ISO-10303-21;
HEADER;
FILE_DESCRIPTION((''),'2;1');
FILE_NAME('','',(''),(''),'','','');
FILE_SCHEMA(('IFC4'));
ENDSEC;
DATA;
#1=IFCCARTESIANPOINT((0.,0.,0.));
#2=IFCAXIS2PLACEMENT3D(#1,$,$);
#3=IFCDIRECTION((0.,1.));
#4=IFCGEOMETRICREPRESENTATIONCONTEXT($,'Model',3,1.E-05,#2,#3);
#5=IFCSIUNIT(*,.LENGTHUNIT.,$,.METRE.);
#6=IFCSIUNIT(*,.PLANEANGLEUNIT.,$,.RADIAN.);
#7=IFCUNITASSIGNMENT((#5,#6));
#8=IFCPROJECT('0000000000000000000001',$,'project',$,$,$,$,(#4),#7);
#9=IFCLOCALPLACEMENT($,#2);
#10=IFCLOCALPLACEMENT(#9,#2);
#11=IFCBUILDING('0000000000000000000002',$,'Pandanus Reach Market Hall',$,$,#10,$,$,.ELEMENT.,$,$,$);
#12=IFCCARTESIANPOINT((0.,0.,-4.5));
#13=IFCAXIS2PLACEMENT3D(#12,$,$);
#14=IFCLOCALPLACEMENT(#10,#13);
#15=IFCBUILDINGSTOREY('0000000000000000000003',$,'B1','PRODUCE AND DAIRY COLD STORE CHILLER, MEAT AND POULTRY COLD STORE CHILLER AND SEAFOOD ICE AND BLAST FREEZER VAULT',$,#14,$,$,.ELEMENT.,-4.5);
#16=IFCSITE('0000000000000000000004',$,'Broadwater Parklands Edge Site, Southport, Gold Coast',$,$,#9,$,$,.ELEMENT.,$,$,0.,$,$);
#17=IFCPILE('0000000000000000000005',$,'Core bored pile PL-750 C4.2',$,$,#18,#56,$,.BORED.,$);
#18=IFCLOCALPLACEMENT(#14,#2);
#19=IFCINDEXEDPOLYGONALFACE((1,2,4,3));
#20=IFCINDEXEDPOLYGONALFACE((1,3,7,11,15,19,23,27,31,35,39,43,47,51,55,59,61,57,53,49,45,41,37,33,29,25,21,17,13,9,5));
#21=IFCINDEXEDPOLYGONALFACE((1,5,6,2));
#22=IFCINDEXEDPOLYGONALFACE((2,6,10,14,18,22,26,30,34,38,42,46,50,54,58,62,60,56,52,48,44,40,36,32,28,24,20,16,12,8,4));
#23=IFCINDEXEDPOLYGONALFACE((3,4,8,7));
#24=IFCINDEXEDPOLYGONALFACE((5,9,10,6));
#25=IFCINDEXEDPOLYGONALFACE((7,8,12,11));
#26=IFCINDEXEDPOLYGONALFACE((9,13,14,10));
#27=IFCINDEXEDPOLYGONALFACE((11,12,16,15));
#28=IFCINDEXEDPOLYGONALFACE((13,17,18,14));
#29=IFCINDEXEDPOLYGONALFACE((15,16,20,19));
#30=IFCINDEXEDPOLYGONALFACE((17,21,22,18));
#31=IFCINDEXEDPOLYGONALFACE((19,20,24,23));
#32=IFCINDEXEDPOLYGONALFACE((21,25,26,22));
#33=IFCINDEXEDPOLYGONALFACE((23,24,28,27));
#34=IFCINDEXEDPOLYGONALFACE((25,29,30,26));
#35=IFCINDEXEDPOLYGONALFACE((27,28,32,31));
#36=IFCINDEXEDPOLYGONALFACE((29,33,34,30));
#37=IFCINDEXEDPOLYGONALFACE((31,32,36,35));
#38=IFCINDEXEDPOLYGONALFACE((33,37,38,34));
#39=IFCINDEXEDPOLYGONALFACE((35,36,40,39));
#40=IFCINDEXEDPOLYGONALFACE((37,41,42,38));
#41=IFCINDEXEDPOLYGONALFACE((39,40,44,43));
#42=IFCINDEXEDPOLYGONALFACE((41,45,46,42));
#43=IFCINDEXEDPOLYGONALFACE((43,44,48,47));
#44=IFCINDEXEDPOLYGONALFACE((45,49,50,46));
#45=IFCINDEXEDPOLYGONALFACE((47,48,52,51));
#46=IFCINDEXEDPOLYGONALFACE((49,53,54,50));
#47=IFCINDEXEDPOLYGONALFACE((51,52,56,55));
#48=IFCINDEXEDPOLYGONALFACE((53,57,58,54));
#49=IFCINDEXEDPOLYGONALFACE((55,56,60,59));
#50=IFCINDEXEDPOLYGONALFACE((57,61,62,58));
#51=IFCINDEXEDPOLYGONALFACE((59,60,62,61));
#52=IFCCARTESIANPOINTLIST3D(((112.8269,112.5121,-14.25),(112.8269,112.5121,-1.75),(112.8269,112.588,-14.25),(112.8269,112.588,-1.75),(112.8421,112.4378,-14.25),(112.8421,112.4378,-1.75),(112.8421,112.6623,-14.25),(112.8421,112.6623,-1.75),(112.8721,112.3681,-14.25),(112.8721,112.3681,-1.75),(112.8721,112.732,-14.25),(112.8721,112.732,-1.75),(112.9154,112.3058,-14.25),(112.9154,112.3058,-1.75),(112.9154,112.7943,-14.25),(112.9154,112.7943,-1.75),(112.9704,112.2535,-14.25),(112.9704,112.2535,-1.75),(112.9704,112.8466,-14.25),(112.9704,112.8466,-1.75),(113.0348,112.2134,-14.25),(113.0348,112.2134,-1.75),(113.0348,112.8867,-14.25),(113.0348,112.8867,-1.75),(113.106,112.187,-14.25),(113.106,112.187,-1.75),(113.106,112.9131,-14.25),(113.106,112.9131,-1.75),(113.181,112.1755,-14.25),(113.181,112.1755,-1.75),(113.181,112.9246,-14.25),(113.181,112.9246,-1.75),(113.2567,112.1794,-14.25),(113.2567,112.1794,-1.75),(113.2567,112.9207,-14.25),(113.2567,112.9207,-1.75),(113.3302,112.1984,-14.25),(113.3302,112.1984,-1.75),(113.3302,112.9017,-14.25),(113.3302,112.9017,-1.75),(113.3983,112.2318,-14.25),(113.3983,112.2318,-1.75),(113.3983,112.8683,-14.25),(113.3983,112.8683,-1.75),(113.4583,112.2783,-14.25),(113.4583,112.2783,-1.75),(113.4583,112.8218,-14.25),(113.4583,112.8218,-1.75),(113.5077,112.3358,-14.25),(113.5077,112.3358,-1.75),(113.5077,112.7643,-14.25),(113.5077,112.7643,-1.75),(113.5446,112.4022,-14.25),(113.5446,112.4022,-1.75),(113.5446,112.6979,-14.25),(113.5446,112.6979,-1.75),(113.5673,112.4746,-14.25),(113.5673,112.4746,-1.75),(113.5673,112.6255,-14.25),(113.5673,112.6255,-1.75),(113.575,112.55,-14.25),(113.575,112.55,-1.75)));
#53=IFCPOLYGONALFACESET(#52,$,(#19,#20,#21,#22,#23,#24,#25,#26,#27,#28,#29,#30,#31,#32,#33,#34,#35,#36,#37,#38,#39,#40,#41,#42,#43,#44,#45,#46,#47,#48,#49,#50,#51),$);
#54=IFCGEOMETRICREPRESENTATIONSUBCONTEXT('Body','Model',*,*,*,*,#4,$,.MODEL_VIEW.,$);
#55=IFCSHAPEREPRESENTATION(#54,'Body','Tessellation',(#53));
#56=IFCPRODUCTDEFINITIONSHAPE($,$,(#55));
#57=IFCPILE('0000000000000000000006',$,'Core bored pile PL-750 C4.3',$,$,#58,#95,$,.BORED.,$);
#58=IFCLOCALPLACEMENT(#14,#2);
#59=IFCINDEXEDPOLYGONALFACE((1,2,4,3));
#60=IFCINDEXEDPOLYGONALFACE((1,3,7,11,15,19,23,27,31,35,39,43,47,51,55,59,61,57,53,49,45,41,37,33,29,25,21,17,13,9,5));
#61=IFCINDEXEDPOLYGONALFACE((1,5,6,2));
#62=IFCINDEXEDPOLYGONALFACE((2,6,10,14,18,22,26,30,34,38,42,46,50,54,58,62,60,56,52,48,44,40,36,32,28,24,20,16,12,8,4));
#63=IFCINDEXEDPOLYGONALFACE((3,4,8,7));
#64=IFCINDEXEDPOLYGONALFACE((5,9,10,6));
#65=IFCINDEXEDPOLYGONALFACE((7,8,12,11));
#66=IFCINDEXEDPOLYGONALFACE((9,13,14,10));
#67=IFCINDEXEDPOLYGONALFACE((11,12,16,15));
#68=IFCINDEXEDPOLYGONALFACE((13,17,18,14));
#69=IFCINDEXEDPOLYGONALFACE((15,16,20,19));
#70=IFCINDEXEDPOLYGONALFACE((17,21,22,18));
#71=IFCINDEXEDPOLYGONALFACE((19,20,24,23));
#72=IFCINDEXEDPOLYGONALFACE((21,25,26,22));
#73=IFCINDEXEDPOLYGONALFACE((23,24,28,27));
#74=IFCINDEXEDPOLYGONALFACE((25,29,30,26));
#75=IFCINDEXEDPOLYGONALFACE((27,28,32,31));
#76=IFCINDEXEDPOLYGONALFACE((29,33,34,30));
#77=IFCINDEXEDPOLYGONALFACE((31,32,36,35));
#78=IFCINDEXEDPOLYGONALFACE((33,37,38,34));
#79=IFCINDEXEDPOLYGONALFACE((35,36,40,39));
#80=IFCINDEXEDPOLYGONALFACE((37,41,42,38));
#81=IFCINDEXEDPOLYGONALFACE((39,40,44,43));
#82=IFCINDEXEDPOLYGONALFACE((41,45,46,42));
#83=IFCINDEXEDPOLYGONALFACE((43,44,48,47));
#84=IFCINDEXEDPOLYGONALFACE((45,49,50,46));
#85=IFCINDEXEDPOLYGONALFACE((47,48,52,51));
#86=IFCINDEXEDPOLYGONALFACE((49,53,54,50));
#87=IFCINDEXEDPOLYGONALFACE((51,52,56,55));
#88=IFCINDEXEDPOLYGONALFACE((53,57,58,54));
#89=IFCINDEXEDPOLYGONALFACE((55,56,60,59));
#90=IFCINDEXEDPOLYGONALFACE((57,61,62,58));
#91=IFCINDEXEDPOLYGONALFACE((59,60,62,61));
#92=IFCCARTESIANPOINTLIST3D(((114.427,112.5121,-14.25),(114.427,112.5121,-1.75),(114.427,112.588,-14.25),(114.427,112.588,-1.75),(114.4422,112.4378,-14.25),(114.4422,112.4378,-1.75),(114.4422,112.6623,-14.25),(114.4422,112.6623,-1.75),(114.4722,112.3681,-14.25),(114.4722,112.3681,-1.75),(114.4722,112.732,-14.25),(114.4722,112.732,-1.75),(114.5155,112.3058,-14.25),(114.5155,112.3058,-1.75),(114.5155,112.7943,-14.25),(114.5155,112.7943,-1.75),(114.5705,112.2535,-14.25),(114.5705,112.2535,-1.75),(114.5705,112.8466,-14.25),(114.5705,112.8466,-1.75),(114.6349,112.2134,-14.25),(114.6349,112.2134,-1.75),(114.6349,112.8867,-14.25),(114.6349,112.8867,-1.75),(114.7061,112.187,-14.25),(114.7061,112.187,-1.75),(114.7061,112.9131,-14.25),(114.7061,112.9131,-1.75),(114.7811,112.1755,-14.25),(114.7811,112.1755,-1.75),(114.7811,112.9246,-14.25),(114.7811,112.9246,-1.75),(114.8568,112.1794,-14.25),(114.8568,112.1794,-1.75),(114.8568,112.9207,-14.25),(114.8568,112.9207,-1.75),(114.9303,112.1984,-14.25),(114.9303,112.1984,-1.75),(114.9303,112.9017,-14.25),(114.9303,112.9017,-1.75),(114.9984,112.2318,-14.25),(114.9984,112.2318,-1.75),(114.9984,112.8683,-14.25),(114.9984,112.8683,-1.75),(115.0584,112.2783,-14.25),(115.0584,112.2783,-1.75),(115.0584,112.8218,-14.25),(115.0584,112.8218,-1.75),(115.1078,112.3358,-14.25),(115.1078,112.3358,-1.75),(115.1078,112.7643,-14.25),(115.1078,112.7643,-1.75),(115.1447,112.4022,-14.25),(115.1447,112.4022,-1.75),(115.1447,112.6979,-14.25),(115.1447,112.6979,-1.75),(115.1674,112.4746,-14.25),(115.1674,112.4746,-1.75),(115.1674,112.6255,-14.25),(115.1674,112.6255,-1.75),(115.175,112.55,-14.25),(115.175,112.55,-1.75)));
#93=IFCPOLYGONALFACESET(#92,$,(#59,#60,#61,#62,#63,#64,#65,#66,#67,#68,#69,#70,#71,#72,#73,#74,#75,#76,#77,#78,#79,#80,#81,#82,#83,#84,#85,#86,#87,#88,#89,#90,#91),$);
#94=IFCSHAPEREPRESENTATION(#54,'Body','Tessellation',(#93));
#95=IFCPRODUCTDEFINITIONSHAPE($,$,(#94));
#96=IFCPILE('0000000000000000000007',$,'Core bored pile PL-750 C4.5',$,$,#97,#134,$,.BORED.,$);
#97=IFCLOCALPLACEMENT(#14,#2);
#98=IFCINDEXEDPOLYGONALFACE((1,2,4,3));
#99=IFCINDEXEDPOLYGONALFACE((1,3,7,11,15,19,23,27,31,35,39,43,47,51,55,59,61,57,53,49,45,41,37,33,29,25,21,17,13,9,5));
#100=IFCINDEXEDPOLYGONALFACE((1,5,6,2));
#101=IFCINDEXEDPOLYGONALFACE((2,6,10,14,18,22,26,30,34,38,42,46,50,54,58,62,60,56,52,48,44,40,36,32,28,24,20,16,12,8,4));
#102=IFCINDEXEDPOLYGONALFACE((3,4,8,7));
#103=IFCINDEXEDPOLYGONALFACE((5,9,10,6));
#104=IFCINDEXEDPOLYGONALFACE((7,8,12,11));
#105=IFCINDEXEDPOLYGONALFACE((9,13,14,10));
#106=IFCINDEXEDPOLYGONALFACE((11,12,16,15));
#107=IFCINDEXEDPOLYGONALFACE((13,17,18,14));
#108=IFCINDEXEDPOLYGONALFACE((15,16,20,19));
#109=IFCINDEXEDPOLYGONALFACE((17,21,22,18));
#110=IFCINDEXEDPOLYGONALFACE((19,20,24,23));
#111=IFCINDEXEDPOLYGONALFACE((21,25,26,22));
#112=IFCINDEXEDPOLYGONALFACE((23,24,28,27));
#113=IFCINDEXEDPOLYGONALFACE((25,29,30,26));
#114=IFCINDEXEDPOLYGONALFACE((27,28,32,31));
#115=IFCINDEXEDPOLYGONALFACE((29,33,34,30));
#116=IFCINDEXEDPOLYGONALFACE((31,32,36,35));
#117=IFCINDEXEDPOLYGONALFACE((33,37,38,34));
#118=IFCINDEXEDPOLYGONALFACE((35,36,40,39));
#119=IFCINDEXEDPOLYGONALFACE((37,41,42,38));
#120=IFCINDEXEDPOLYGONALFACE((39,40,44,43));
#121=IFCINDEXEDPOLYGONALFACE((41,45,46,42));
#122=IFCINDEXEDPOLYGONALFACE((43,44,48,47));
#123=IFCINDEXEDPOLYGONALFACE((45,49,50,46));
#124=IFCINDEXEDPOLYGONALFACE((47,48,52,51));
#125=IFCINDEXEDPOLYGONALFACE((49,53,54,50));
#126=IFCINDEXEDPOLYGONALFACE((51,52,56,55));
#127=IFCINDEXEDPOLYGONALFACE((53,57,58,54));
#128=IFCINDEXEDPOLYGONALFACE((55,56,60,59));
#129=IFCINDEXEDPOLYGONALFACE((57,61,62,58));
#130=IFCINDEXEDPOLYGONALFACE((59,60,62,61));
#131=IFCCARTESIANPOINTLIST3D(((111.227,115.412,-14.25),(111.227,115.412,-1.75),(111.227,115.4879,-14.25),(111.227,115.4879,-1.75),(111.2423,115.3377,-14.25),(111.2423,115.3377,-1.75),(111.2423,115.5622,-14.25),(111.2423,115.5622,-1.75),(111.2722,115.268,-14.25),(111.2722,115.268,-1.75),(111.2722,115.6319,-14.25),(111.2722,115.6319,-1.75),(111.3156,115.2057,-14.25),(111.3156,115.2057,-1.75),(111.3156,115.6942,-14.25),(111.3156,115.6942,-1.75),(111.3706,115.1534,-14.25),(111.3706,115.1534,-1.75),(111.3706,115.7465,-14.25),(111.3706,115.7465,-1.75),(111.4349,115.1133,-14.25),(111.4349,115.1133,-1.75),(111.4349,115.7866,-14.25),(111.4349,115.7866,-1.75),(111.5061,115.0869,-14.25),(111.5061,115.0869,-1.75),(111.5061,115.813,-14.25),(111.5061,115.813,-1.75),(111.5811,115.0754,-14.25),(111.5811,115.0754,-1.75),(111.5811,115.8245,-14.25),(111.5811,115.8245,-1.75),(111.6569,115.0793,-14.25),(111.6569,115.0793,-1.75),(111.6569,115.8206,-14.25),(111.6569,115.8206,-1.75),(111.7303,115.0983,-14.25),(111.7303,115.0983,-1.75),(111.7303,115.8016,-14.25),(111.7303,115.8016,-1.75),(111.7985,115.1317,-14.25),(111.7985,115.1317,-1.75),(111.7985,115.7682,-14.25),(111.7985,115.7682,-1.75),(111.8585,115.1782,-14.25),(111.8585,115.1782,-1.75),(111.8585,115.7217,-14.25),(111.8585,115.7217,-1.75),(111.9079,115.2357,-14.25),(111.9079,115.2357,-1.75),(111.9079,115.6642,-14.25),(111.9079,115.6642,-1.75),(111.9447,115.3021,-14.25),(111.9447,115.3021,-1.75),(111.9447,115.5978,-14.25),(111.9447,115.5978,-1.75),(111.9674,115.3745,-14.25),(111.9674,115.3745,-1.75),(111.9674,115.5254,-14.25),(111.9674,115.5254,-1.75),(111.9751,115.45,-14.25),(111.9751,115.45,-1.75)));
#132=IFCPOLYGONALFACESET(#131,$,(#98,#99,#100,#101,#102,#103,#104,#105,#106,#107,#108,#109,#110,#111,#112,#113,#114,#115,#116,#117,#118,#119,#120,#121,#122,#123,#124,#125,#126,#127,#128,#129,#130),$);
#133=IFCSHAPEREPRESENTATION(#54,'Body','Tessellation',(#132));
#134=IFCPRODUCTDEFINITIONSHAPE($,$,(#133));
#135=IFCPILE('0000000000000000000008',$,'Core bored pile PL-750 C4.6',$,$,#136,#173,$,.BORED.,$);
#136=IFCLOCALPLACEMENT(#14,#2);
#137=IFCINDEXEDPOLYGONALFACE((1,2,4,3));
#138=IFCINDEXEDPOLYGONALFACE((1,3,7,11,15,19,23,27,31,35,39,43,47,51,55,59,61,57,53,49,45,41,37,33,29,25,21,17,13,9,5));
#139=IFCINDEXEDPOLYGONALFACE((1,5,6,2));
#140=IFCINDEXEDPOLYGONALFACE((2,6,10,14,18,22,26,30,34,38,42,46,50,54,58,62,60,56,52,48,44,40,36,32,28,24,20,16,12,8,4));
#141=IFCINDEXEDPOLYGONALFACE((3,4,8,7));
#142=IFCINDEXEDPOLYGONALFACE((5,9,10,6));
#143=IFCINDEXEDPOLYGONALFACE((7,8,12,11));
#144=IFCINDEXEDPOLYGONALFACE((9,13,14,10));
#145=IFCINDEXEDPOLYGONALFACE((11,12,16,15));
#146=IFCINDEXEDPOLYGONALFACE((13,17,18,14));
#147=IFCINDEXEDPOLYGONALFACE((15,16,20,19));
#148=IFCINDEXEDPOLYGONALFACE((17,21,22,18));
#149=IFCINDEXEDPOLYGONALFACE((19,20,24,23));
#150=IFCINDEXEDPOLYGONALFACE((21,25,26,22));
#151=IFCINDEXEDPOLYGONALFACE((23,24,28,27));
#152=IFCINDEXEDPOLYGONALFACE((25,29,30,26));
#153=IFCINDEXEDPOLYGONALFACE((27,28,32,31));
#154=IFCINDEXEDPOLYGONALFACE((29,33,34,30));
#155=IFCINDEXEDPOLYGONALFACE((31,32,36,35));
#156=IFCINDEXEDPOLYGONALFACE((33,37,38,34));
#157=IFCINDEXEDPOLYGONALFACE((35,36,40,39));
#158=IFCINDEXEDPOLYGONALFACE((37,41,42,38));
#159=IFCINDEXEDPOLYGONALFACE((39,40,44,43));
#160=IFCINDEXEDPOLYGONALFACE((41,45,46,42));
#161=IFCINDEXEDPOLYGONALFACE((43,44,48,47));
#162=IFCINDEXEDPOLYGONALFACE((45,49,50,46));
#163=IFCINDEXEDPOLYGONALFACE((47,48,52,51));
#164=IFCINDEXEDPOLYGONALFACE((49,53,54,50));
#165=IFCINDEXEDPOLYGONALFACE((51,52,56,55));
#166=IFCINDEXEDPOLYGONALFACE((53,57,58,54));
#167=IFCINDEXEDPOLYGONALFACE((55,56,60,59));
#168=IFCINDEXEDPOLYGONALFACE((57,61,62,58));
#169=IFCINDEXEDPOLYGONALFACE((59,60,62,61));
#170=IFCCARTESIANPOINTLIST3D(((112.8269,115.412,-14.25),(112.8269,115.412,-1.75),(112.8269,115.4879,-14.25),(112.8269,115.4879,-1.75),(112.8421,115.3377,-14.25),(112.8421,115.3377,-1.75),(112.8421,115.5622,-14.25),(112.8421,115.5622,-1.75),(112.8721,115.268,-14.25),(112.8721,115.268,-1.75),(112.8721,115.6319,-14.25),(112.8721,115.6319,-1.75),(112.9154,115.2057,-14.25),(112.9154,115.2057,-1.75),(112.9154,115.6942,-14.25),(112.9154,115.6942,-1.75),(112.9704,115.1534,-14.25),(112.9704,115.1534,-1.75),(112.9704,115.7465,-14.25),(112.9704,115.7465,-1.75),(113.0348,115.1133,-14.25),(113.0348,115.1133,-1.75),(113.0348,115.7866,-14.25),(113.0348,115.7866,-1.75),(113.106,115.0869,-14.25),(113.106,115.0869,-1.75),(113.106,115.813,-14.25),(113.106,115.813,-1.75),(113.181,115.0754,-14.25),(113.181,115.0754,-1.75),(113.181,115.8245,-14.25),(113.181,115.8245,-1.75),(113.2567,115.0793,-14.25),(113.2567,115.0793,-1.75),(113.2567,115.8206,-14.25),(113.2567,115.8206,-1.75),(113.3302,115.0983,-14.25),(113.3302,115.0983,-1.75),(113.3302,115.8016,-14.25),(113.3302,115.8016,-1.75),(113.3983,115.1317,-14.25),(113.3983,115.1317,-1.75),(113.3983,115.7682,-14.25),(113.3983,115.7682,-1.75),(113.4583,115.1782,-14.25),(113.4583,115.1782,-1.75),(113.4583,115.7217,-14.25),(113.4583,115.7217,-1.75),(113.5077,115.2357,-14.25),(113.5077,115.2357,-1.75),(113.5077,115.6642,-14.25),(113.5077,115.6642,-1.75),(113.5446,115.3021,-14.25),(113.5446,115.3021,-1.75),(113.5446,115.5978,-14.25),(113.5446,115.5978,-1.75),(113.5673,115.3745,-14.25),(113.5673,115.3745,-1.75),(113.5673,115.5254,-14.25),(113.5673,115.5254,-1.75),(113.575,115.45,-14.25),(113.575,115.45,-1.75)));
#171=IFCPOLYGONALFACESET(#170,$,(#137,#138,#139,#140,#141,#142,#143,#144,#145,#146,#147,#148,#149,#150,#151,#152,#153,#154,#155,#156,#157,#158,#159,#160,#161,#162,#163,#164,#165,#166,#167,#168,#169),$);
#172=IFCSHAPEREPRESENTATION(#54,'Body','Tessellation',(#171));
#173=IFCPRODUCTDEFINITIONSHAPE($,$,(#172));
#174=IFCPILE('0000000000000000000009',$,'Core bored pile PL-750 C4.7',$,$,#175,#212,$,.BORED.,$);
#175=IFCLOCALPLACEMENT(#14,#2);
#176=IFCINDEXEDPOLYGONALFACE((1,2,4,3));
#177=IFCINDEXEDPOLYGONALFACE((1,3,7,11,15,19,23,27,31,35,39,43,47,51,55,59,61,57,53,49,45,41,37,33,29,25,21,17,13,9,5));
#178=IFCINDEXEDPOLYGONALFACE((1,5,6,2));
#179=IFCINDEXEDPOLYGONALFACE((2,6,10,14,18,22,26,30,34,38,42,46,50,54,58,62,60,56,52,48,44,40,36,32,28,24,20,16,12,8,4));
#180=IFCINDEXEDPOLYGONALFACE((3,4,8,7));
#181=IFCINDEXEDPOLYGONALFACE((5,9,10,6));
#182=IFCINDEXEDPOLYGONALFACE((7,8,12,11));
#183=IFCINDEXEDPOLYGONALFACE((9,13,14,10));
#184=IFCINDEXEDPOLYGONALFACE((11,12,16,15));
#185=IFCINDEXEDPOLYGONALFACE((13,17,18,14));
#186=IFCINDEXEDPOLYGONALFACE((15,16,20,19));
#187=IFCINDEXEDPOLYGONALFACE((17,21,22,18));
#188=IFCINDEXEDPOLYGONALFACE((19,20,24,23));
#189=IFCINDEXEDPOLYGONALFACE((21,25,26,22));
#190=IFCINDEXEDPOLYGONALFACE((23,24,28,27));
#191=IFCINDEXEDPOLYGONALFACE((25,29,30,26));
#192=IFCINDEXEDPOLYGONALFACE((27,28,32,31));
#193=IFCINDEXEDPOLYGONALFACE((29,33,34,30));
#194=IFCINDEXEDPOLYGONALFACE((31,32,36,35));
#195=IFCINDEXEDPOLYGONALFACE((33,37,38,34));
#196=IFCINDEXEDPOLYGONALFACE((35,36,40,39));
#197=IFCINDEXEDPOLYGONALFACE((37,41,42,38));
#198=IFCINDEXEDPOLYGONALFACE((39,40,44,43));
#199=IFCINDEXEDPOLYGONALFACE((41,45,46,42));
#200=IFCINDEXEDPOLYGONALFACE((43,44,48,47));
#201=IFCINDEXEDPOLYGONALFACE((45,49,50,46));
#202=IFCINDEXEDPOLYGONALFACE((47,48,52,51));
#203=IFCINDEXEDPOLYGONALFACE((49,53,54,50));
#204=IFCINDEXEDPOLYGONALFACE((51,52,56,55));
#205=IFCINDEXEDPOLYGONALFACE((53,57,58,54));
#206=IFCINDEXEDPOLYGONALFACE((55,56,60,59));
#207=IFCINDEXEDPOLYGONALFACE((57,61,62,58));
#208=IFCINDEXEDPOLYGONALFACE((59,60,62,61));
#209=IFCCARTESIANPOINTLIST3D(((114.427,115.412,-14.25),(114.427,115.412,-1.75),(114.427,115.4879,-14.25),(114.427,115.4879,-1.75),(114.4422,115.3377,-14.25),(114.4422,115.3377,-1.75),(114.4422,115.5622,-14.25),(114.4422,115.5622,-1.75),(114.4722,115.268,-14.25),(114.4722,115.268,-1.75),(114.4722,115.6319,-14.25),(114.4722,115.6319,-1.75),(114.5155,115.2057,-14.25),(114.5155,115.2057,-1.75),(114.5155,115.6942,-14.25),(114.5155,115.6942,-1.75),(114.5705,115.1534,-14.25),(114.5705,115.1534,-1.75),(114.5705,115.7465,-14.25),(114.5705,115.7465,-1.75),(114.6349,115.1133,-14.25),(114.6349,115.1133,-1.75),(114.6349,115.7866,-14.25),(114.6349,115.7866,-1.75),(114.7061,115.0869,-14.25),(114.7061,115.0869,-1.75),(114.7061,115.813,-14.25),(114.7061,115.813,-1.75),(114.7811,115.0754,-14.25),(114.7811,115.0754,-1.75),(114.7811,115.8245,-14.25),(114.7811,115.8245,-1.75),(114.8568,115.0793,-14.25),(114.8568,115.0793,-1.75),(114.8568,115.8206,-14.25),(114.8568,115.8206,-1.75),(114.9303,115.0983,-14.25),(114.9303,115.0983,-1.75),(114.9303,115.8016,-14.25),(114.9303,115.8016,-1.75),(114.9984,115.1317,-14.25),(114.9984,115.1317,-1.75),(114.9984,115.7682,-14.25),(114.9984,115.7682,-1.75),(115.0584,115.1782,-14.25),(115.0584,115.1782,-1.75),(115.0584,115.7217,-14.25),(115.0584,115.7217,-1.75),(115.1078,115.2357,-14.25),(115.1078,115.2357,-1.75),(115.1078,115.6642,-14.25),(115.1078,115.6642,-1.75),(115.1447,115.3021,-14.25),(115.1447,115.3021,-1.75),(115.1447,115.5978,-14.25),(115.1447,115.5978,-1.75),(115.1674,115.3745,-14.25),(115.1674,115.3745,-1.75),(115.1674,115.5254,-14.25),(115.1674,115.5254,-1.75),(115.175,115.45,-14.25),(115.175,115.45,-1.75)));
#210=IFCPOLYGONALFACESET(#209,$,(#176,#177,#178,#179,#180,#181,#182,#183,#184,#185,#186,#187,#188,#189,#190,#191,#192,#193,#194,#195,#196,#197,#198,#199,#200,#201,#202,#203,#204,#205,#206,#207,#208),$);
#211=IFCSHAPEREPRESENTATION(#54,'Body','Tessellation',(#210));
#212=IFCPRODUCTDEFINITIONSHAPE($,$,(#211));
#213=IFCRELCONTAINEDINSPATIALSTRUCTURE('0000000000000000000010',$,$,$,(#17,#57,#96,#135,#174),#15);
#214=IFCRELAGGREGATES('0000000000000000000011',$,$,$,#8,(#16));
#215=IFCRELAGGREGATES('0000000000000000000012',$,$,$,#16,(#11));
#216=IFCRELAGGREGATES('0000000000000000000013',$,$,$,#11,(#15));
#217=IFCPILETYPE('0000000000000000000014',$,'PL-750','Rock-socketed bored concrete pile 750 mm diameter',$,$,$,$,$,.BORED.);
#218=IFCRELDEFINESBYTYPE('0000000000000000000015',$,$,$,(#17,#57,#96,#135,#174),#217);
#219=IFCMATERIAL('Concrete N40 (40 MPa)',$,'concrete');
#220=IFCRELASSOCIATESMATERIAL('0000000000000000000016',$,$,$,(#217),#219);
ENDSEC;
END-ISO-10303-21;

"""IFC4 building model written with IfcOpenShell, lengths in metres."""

from ifc_helpers import new_model, si_unit, direction, frame, origin, origin_2d, place, context, subcontext, project, spatial, circle, extrude, material, material_profile, profile_set, type_object, element, save


model = new_model("IFC4")

# Units and contexts
model_context = context("Model", 3, precision=1e-05, world=origin(), true_north=direction((0.0, 1.0)))
body_context = subcontext(model_context, "Body", "Model", "MODEL_VIEW")
ifc_project = project(units=[si_unit("LENGTHUNIT", "METRE"), si_unit("PLANEANGLEUNIT", "RADIAN")], contexts=[model_context])

# Site, building, storey
site_placement = place(None, origin())
site = spatial("IfcSite", under=ifc_project, at=site_placement, Name="Broadwater Parklands Edge Site, Southport, Gold Coast", CompositionType="ELEMENT", RefElevation=0.0)
building_placement = place(site_placement, origin())
building = spatial("IfcBuilding", under=site, at=building_placement, Name="Pandanus Reach Market Hall", CompositionType="ELEMENT")
storey_placement = place(building_placement, frame((0.0, 0.0, -4.5)))
storey = spatial("IfcBuildingStorey", under=building, at=storey_placement, Name="B1", Description="PRODUCE AND DAIRY COLD STORE CHILLER, MEAT AND POULTRY COLD STORE CHILLER AND SEAFOOD ICE AND BLAST FREEZER VAULT", CompositionType="ELEMENT", Elevation=-4.5)

# Shared definitions
ifc_material_1 = material(Name="Concrete N40 (40 MPa)", Category="concrete")

# Piles
ifc_material_profile_1 = material_profile(ifc_material_1, circle(Radius=0.375, at=origin_2d()), Name="PILE-750D", Category="LoadBearing")
ifc_profile_set_1 = profile_set([ifc_material_profile_1], Name="Concrete N40 (40 MPa)")
pile_type = type_object("IfcPileType", Name="PL-750", Description="Rock-socketed bored concrete pile 750 mm diameter", PredefinedType="BORED", material=ifc_profile_set_1)
for number, where, z_axis, x_axis, name in (
    (1, (113.2, 112.55, -1.75), (0.0, 0.0, -1.0), (1.0, 0.0, 0.0), "Core bored pile PL-750 C4.2"),
    (2, (114.8, 112.55, -1.75), (0.0, 0.0, -1.0), (1.0, 0.0, 0.0), "Core bored pile PL-750 C4.3"),
    (3, (111.6001, 115.45, -1.75), (0.0, 0.0, -1.0), (1.0, 0.0, 0.0), "Core bored pile PL-750 C4.5"),
    (4, (113.2, 115.45, -1.75), (0.0, 0.0, -1.0), (1.0, 0.0, 0.0), "Core bored pile PL-750 C4.6"),
    (5, (114.8, 115.45, -1.75), (0.0, 0.0, -1.0), (1.0, 0.0, 0.0), "Core bored pile PL-750 C4.7"),
):
    element("IfcPile", number, at=place(storey_placement, frame(where, z_axis=z_axis, x_axis=x_axis)), inside=storey, type_object=pile_type, Name=name, PredefinedType="BORED", context=body_context, shape_type="SweptSolid", body=[
        extrude(circle(Radius=0.375, at=origin_2d()), origin(), (0.0, 0.0, 1.0), 12.5),
    ])

save(model, "model.ifc")
